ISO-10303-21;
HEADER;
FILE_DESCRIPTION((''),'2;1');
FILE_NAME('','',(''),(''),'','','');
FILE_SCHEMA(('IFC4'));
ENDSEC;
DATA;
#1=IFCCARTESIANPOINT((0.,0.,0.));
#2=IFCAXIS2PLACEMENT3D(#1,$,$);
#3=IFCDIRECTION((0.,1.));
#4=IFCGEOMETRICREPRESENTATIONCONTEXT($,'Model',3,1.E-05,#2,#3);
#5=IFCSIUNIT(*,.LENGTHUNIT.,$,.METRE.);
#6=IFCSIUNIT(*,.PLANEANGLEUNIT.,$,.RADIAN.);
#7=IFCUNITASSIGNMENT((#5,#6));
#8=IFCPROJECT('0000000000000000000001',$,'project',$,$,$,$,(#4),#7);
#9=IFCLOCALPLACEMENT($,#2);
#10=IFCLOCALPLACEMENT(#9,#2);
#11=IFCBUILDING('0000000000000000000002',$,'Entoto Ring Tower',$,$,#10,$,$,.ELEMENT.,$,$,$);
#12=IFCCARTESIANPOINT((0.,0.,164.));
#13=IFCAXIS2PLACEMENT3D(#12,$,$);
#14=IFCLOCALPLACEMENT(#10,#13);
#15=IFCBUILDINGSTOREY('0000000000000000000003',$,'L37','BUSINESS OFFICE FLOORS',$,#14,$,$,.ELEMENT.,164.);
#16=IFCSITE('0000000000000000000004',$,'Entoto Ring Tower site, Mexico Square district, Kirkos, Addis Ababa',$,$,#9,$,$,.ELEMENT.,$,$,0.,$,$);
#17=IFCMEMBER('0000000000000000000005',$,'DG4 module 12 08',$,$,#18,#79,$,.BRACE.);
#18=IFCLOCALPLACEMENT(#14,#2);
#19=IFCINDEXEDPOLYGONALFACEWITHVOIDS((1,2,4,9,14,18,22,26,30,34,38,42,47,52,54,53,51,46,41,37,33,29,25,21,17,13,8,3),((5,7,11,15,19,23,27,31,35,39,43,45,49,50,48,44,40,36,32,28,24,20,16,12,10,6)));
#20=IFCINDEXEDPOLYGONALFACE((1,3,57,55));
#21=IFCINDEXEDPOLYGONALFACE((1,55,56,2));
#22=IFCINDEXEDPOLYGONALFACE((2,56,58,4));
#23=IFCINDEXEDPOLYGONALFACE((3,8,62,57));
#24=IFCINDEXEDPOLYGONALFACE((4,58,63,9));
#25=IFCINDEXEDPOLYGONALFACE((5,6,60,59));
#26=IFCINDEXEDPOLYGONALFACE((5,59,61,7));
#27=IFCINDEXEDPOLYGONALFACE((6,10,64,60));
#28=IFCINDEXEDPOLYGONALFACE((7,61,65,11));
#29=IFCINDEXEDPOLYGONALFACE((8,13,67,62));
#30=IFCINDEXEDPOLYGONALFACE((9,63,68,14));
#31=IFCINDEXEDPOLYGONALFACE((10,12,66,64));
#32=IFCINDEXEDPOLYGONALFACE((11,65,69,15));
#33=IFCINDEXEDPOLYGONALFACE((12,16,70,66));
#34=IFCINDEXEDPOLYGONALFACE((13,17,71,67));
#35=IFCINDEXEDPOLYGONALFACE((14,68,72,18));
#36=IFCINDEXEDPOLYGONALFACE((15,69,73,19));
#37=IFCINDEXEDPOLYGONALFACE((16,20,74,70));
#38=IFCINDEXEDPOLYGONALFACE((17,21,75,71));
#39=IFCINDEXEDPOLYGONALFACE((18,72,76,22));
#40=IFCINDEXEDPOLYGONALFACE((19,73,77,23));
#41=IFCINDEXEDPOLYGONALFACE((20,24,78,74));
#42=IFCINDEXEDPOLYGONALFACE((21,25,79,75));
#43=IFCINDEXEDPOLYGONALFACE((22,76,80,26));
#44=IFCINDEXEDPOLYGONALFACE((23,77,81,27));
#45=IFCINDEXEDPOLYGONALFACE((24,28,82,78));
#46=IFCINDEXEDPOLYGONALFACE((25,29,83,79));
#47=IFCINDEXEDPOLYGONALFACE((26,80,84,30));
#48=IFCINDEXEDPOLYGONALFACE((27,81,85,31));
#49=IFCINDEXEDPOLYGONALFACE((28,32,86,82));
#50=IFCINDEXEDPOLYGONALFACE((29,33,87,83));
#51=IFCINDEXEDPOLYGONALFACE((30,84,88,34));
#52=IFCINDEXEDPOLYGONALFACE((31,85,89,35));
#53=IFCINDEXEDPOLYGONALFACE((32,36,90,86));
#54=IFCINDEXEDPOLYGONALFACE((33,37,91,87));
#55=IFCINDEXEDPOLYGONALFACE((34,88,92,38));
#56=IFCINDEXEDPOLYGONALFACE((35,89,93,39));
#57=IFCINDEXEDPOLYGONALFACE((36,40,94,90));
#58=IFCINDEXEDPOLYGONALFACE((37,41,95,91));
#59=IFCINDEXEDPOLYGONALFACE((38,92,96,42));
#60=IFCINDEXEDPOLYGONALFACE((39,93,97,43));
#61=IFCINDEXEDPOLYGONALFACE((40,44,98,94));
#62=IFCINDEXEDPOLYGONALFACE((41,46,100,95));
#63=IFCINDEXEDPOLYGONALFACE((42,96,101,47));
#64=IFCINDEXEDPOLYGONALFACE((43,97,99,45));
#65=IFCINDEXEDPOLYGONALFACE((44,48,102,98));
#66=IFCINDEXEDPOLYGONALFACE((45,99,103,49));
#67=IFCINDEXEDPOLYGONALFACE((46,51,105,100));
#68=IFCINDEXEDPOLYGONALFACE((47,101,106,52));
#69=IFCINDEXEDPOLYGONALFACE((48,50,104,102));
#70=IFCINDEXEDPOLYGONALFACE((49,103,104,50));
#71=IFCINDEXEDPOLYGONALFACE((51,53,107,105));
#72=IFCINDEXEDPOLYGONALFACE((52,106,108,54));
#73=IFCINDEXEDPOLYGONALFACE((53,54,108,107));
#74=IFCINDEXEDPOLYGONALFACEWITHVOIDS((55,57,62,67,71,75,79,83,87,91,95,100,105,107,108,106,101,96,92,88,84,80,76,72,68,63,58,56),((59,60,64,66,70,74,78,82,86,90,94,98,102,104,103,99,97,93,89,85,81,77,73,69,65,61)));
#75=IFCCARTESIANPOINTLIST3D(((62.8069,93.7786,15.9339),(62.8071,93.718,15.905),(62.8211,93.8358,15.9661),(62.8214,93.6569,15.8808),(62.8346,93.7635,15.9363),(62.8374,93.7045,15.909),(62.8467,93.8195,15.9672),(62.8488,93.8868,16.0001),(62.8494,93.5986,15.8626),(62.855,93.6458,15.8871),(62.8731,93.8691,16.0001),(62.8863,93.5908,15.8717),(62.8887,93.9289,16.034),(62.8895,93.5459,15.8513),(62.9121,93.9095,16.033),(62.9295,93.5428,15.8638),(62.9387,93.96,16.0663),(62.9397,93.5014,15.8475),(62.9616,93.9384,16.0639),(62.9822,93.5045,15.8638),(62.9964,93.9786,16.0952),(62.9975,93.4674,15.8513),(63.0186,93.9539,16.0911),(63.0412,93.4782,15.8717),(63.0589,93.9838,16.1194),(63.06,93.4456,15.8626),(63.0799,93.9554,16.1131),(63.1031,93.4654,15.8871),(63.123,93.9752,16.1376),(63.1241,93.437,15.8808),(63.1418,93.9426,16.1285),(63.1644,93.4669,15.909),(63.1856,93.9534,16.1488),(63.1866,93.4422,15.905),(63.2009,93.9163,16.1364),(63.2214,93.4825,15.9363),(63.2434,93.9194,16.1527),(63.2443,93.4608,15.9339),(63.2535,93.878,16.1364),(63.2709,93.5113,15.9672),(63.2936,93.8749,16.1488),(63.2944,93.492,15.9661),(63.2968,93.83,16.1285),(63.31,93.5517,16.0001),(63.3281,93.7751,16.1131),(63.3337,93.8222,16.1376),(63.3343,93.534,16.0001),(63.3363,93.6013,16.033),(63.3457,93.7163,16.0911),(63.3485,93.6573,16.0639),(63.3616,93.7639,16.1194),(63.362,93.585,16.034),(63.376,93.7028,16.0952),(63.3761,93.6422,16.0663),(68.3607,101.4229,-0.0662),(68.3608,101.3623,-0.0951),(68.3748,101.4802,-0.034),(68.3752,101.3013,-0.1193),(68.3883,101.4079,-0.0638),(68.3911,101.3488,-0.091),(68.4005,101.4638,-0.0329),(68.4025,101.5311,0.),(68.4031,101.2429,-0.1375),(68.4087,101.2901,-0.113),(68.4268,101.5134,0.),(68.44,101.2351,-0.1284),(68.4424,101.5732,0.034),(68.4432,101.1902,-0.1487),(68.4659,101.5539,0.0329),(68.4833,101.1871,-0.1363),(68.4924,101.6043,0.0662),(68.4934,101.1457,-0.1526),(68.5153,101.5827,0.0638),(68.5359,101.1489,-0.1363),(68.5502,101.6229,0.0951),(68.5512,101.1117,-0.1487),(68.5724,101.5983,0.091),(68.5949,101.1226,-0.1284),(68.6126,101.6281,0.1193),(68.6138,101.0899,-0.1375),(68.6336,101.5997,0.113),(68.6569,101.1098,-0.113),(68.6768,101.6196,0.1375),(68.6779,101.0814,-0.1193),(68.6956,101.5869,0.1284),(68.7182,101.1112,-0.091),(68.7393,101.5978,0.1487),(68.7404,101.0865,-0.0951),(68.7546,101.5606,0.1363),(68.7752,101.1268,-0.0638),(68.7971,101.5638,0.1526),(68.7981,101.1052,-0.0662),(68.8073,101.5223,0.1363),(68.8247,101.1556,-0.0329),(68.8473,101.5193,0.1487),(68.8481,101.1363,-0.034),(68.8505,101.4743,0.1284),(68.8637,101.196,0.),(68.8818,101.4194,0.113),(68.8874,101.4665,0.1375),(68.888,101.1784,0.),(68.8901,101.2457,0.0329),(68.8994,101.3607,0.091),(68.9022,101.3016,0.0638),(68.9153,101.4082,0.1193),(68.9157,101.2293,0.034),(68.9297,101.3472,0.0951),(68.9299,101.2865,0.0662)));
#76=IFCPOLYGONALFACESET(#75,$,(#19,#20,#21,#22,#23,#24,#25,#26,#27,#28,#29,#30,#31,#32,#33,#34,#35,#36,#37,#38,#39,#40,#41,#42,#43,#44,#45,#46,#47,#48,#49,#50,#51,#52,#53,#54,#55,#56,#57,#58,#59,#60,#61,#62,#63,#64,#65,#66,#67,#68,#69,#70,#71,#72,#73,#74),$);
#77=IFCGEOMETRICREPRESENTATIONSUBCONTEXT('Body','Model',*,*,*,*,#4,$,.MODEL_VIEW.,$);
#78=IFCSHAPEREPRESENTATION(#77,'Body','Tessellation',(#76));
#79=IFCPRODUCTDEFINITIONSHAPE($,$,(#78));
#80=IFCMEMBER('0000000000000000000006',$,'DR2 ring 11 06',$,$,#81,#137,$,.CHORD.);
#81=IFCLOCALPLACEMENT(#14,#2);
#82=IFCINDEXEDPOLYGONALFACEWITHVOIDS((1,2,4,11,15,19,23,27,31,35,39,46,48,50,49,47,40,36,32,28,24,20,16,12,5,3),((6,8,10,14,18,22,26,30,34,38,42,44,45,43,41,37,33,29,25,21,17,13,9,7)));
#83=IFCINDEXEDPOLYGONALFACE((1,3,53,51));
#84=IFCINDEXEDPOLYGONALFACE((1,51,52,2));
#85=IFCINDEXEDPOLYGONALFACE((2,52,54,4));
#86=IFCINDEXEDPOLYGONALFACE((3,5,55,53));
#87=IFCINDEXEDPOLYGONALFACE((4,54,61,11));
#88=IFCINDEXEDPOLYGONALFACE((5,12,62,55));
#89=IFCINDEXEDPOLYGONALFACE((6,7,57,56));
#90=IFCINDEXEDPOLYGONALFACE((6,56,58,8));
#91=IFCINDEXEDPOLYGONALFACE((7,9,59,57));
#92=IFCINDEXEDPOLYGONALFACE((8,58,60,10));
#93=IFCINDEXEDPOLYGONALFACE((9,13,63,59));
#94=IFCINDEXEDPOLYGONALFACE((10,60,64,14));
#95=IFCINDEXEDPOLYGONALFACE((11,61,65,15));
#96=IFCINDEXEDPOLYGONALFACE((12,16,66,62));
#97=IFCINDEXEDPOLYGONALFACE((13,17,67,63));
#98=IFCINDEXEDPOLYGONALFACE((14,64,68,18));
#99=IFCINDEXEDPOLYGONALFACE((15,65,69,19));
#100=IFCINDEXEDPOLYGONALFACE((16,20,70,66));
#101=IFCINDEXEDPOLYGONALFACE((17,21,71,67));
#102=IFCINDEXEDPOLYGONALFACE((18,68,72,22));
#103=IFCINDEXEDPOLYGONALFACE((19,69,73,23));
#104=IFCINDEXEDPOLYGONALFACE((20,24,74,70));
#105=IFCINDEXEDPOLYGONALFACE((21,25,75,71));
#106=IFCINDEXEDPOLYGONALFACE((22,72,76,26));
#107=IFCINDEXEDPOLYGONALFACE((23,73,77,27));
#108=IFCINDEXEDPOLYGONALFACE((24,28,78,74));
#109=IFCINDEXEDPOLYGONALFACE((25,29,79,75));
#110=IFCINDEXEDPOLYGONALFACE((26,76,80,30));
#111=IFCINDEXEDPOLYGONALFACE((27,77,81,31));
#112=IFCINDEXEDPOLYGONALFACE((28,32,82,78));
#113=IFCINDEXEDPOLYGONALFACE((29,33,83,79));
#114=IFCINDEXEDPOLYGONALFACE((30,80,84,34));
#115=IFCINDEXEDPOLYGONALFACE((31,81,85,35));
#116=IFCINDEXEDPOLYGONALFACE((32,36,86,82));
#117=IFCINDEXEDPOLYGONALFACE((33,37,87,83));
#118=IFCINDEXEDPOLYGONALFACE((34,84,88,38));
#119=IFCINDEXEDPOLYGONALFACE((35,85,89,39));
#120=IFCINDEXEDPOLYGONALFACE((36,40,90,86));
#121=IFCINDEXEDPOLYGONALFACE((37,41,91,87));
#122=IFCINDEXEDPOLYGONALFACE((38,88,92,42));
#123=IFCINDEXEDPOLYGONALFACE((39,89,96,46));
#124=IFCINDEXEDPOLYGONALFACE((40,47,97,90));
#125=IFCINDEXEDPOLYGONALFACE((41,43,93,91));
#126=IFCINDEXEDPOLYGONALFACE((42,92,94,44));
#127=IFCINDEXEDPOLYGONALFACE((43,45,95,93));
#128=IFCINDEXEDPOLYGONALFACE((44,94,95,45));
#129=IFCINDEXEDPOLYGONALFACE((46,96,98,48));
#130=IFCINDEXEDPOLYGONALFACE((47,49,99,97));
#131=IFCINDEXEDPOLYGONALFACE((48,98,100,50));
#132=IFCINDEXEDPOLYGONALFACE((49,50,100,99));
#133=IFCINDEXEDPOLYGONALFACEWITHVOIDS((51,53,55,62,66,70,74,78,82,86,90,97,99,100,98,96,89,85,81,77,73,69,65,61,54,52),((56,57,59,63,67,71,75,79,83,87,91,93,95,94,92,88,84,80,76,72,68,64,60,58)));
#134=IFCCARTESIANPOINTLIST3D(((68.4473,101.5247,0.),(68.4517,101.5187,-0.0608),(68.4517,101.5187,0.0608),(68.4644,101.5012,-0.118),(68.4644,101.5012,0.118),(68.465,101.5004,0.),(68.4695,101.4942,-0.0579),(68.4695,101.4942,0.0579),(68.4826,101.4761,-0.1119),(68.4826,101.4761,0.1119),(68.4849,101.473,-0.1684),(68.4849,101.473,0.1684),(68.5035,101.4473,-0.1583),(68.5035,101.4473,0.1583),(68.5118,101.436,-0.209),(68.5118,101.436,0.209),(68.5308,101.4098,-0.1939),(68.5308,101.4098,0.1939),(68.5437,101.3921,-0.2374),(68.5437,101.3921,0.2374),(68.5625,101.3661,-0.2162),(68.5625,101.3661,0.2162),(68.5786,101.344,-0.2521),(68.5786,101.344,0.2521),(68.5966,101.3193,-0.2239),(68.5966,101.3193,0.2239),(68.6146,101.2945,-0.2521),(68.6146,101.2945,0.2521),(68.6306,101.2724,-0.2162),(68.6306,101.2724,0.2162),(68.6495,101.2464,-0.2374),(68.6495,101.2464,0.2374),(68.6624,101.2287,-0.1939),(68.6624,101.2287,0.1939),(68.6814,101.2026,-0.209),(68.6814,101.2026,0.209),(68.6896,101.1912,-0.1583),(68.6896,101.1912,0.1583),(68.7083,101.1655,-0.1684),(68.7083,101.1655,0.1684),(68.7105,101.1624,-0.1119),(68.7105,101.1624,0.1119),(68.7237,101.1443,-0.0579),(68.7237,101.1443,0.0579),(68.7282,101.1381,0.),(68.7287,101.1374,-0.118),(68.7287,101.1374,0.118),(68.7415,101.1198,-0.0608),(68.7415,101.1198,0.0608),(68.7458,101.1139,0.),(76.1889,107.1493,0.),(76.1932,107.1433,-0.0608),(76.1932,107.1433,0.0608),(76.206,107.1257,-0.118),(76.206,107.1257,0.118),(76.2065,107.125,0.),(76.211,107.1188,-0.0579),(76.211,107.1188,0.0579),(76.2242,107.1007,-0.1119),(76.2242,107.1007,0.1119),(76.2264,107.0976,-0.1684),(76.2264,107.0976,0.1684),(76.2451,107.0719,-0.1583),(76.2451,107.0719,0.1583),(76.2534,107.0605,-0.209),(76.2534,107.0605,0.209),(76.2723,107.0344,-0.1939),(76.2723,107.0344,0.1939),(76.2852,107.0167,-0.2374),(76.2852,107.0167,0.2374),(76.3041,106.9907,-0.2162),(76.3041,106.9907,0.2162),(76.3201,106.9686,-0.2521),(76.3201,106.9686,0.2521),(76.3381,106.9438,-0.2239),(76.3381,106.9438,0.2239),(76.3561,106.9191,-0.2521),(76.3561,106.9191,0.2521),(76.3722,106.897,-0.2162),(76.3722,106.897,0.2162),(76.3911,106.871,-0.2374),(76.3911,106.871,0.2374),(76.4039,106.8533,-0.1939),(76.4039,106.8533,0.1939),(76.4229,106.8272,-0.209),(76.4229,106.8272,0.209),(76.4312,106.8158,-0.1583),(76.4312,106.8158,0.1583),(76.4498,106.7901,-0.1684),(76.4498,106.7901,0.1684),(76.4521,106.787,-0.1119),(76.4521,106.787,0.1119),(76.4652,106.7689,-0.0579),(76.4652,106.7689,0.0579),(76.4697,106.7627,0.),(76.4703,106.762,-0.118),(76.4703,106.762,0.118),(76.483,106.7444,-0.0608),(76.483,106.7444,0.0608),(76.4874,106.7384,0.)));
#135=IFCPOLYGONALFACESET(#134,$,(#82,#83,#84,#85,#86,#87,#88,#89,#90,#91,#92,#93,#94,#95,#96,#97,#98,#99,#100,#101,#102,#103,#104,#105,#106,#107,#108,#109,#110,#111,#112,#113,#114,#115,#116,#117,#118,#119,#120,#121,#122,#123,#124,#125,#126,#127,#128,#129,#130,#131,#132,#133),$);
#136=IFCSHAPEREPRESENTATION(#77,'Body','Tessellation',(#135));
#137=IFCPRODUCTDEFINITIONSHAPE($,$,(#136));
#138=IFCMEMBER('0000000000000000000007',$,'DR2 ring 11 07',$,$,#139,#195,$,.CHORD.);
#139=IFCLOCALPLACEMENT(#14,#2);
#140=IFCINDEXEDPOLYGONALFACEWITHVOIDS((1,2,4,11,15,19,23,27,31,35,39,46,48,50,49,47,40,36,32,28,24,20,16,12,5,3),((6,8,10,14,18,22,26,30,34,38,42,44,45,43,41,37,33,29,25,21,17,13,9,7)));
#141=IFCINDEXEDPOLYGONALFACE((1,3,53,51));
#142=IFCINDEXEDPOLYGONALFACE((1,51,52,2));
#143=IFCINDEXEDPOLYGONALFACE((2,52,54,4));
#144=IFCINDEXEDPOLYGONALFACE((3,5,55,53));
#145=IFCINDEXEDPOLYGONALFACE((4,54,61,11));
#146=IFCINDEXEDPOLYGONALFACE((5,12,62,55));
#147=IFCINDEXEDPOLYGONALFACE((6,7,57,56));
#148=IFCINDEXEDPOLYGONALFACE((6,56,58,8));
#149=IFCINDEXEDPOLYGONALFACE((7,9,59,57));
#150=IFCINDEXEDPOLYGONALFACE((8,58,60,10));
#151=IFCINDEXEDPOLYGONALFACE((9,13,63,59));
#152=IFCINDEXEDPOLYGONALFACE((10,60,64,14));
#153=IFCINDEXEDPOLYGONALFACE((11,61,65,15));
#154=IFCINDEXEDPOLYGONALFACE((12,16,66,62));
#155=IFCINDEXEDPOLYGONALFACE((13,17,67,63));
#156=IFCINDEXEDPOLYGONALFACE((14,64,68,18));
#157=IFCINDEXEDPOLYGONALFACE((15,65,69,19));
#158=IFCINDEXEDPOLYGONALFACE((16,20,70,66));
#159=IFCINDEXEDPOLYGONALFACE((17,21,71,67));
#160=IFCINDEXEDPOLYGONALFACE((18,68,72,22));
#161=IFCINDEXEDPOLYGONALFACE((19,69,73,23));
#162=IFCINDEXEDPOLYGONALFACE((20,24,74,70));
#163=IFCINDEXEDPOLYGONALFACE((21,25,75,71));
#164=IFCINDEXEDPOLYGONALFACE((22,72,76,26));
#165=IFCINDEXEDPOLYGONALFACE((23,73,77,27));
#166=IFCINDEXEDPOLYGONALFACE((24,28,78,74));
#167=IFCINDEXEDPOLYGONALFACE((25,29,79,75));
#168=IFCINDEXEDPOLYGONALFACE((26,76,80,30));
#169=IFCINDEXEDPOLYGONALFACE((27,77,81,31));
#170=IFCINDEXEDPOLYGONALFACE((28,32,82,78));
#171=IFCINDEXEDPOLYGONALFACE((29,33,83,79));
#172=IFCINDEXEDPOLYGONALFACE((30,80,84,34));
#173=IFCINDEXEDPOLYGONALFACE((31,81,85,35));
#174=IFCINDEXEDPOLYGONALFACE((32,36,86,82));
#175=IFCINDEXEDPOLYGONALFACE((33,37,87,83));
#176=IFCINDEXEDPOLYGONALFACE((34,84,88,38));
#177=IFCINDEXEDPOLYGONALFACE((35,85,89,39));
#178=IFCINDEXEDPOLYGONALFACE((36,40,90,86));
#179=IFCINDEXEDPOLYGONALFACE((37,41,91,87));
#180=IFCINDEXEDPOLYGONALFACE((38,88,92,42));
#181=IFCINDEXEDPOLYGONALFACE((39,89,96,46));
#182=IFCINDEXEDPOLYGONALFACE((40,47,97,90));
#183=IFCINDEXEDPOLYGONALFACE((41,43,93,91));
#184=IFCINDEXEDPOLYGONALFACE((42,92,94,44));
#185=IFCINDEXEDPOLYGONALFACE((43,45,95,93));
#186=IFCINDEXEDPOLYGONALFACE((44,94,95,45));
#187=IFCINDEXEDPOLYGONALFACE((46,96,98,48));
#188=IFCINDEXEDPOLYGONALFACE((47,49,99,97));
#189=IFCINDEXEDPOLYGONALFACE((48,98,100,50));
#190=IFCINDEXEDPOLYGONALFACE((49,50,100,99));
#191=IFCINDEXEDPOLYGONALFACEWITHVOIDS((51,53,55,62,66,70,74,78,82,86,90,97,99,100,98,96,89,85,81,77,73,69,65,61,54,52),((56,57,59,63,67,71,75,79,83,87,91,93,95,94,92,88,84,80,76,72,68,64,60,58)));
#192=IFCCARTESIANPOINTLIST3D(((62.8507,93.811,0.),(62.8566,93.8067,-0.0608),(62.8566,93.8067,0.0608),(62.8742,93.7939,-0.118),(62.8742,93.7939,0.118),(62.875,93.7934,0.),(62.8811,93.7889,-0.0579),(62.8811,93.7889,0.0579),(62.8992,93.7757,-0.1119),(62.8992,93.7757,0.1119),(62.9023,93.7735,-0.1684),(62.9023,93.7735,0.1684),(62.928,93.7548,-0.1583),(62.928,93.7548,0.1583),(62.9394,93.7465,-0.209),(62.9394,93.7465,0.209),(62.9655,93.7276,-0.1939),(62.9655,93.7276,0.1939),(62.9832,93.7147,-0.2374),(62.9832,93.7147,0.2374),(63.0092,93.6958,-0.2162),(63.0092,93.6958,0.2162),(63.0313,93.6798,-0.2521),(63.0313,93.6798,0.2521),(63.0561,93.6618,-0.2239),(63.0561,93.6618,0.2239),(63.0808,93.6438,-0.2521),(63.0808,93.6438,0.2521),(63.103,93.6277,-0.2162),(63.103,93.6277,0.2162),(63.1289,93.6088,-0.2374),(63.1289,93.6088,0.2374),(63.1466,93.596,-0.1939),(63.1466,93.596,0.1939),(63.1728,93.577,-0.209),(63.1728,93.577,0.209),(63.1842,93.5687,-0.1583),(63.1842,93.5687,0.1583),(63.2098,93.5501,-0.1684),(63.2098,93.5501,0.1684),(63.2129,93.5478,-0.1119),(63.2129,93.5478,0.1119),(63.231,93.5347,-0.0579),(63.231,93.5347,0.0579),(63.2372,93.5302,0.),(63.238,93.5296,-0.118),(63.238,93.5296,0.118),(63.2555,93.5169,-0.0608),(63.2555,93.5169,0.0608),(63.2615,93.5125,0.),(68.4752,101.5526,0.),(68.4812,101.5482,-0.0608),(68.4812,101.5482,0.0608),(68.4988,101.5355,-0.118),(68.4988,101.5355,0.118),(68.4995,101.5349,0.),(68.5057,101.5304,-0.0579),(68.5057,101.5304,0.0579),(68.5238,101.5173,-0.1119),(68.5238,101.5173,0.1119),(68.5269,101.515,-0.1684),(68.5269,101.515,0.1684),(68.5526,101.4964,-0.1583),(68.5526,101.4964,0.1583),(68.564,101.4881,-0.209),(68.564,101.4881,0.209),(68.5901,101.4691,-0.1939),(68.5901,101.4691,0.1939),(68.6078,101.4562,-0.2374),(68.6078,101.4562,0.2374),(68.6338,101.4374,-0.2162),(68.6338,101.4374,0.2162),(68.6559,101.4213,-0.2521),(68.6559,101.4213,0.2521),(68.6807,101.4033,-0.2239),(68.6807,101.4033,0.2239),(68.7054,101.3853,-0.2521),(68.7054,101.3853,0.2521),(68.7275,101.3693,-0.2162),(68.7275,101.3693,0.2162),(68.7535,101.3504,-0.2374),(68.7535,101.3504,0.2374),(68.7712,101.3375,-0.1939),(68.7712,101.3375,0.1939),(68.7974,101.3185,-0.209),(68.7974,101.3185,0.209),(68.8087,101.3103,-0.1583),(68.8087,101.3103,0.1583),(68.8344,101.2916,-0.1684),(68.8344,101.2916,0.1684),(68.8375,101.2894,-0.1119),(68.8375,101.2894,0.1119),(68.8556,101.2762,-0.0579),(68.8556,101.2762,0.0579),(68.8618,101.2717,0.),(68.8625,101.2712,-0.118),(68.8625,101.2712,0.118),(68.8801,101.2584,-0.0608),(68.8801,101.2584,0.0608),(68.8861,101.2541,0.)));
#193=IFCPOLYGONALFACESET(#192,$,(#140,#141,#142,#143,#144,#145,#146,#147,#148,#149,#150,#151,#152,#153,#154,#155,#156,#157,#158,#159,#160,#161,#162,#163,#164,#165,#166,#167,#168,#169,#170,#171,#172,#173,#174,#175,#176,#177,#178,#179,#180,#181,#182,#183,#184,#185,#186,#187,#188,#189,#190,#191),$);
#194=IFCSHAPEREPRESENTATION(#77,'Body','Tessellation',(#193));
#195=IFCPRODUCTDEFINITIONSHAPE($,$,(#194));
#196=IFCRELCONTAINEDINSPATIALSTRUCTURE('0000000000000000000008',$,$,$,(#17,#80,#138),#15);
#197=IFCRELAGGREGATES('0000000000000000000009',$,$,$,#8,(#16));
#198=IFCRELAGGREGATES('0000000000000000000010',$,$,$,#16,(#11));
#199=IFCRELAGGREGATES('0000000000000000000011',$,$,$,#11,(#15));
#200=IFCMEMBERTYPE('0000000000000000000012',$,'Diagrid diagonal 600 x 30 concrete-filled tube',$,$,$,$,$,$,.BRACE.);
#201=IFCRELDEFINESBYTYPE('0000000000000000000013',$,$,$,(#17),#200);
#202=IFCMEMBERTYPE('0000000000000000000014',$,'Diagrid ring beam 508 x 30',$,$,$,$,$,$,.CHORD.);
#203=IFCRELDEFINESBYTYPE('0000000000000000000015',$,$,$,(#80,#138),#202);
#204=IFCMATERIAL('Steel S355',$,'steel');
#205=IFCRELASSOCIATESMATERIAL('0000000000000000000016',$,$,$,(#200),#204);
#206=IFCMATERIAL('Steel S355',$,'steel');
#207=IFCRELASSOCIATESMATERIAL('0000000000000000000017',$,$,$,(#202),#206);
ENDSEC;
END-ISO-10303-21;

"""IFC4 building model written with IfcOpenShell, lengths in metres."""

from ifc_helpers import new_model, si_unit, direction, frame, origin, origin_2d, place, context, subcontext, project, spatial, circle, hollow_circle, extrude, material, material_profile, profile_set, type_object, element, save


model = new_model("IFC4")

# Units and contexts
model_context = context("Model", 3, precision=1e-05, world=origin(), true_north=direction((0.0, 1.0)))
body_context = subcontext(model_context, "Body", "Model", "MODEL_VIEW")
ifc_project = project(units=[si_unit("LENGTHUNIT", "METRE"), si_unit("PLANEANGLEUNIT", "RADIAN")], contexts=[model_context])

# Site, building, storey
site_placement = place(None, origin())
site = spatial("IfcSite", under=ifc_project, at=site_placement, Name="Entoto Ring Tower site, Mexico Square district, Kirkos, Addis Ababa", CompositionType="ELEMENT", RefElevation=0.0)
building_placement = place(site_placement, origin())
building = spatial("IfcBuilding", under=site, at=building_placement, Name="Entoto Ring Tower", CompositionType="ELEMENT")
storey_placement = place(building_placement, frame((0.0, 0.0, 164.0)))
storey = spatial("IfcBuildingStorey", under=building, at=storey_placement, Name="L37", Description="BUSINESS OFFICE FLOORS", CompositionType="ELEMENT", Elevation=164.0)

# Members
ifc_material_1 = material(Name="Steel S355", Category="steel")
ifc_material_profile_1 = material_profile(ifc_material_1, hollow_circle(Radius=0.3, WallThickness=0.03, at=origin_2d()), Name="CHS 600 x 30")
ifc_material_2 = material(Name="Concrete C60/75", Category="concrete")
ifc_material_profile_2 = material_profile(ifc_material_2, circle(Radius=0.27, at=origin_2d()), Name="Concrete C60/75 infill")
ifc_profile_set_1 = profile_set([ifc_material_profile_1, ifc_material_profile_2], Name="Steel S355")
member_type_1 = type_object("IfcMemberType", Name="Diagrid diagonal 600 x 30 concrete-filled tube", PredefinedType="BRACE", material=ifc_profile_set_1)
for number, where, z_axis, x_axis, name in (
    (1, (68.6453, 101.3547, 0.0), (-0.298881, -0.411388, 0.861063), (0.809026, -0.587772, 0.0), "DG4 module 12 08"),
):
    element("IfcMember", number, at=place(storey_placement, frame(where, z_axis=z_axis, x_axis=x_axis)), inside=storey, type_object=member_type_1, Name=name, PredefinedType="BRACE", context=body_context, shape_type="SweptSolid", body=[
        extrude(hollow_circle(Radius=0.3, WallThickness=0.03, at=origin_2d()), origin(), (0.0, 0.0, 1.0), 18.5818),
    ])
ifc_material_3 = material(Name="Steel S355", Category="steel")
ifc_material_profile_3 = material_profile(ifc_material_3, hollow_circle(Radius=0.2539, WallThickness=0.03, at=origin_2d()), Name="CHS 508 x 30")
ifc_material_4 = material(Name="Concrete C60/75", Category="concrete")
ifc_material_profile_4 = material_profile(ifc_material_4, circle(Radius=0.2241, at=origin_2d()), Name="Concrete C60/75 infill")
ifc_profile_set_2 = profile_set([ifc_material_profile_3, ifc_material_profile_4], Name="Steel S355")
member_type_2 = type_object("IfcMemberType", Name="Diagrid ring beam 508 x 30", PredefinedType="CHORD", material=ifc_profile_set_2)
for number, where, z_axis, x_axis, name in (
    (2, (76.3381, 106.9438, 0.0), (-0.809016, -0.587786, 0.0), (0.587786, -0.809016, 0.0), "DR2 ring 11 06"),
    (3, (68.6807, 101.4033, 0.0), (-0.587786, -0.809016, 0.0), (0.809016, -0.587786, 0.0), "DR2 ring 11 07"),
):
    element("IfcMember", number, at=place(storey_placement, frame(where, z_axis=z_axis, x_axis=x_axis)), inside=storey, type_object=member_type_2, Name=name, PredefinedType="CHORD", context=body_context, shape_type="SweptSolid", body=[
        extrude(hollow_circle(Radius=0.2539, WallThickness=0.03, at=origin_2d()), origin(), (0.0, 0.0, 1.0), 9.5691),
    ])

save(model, "model.ifc")
